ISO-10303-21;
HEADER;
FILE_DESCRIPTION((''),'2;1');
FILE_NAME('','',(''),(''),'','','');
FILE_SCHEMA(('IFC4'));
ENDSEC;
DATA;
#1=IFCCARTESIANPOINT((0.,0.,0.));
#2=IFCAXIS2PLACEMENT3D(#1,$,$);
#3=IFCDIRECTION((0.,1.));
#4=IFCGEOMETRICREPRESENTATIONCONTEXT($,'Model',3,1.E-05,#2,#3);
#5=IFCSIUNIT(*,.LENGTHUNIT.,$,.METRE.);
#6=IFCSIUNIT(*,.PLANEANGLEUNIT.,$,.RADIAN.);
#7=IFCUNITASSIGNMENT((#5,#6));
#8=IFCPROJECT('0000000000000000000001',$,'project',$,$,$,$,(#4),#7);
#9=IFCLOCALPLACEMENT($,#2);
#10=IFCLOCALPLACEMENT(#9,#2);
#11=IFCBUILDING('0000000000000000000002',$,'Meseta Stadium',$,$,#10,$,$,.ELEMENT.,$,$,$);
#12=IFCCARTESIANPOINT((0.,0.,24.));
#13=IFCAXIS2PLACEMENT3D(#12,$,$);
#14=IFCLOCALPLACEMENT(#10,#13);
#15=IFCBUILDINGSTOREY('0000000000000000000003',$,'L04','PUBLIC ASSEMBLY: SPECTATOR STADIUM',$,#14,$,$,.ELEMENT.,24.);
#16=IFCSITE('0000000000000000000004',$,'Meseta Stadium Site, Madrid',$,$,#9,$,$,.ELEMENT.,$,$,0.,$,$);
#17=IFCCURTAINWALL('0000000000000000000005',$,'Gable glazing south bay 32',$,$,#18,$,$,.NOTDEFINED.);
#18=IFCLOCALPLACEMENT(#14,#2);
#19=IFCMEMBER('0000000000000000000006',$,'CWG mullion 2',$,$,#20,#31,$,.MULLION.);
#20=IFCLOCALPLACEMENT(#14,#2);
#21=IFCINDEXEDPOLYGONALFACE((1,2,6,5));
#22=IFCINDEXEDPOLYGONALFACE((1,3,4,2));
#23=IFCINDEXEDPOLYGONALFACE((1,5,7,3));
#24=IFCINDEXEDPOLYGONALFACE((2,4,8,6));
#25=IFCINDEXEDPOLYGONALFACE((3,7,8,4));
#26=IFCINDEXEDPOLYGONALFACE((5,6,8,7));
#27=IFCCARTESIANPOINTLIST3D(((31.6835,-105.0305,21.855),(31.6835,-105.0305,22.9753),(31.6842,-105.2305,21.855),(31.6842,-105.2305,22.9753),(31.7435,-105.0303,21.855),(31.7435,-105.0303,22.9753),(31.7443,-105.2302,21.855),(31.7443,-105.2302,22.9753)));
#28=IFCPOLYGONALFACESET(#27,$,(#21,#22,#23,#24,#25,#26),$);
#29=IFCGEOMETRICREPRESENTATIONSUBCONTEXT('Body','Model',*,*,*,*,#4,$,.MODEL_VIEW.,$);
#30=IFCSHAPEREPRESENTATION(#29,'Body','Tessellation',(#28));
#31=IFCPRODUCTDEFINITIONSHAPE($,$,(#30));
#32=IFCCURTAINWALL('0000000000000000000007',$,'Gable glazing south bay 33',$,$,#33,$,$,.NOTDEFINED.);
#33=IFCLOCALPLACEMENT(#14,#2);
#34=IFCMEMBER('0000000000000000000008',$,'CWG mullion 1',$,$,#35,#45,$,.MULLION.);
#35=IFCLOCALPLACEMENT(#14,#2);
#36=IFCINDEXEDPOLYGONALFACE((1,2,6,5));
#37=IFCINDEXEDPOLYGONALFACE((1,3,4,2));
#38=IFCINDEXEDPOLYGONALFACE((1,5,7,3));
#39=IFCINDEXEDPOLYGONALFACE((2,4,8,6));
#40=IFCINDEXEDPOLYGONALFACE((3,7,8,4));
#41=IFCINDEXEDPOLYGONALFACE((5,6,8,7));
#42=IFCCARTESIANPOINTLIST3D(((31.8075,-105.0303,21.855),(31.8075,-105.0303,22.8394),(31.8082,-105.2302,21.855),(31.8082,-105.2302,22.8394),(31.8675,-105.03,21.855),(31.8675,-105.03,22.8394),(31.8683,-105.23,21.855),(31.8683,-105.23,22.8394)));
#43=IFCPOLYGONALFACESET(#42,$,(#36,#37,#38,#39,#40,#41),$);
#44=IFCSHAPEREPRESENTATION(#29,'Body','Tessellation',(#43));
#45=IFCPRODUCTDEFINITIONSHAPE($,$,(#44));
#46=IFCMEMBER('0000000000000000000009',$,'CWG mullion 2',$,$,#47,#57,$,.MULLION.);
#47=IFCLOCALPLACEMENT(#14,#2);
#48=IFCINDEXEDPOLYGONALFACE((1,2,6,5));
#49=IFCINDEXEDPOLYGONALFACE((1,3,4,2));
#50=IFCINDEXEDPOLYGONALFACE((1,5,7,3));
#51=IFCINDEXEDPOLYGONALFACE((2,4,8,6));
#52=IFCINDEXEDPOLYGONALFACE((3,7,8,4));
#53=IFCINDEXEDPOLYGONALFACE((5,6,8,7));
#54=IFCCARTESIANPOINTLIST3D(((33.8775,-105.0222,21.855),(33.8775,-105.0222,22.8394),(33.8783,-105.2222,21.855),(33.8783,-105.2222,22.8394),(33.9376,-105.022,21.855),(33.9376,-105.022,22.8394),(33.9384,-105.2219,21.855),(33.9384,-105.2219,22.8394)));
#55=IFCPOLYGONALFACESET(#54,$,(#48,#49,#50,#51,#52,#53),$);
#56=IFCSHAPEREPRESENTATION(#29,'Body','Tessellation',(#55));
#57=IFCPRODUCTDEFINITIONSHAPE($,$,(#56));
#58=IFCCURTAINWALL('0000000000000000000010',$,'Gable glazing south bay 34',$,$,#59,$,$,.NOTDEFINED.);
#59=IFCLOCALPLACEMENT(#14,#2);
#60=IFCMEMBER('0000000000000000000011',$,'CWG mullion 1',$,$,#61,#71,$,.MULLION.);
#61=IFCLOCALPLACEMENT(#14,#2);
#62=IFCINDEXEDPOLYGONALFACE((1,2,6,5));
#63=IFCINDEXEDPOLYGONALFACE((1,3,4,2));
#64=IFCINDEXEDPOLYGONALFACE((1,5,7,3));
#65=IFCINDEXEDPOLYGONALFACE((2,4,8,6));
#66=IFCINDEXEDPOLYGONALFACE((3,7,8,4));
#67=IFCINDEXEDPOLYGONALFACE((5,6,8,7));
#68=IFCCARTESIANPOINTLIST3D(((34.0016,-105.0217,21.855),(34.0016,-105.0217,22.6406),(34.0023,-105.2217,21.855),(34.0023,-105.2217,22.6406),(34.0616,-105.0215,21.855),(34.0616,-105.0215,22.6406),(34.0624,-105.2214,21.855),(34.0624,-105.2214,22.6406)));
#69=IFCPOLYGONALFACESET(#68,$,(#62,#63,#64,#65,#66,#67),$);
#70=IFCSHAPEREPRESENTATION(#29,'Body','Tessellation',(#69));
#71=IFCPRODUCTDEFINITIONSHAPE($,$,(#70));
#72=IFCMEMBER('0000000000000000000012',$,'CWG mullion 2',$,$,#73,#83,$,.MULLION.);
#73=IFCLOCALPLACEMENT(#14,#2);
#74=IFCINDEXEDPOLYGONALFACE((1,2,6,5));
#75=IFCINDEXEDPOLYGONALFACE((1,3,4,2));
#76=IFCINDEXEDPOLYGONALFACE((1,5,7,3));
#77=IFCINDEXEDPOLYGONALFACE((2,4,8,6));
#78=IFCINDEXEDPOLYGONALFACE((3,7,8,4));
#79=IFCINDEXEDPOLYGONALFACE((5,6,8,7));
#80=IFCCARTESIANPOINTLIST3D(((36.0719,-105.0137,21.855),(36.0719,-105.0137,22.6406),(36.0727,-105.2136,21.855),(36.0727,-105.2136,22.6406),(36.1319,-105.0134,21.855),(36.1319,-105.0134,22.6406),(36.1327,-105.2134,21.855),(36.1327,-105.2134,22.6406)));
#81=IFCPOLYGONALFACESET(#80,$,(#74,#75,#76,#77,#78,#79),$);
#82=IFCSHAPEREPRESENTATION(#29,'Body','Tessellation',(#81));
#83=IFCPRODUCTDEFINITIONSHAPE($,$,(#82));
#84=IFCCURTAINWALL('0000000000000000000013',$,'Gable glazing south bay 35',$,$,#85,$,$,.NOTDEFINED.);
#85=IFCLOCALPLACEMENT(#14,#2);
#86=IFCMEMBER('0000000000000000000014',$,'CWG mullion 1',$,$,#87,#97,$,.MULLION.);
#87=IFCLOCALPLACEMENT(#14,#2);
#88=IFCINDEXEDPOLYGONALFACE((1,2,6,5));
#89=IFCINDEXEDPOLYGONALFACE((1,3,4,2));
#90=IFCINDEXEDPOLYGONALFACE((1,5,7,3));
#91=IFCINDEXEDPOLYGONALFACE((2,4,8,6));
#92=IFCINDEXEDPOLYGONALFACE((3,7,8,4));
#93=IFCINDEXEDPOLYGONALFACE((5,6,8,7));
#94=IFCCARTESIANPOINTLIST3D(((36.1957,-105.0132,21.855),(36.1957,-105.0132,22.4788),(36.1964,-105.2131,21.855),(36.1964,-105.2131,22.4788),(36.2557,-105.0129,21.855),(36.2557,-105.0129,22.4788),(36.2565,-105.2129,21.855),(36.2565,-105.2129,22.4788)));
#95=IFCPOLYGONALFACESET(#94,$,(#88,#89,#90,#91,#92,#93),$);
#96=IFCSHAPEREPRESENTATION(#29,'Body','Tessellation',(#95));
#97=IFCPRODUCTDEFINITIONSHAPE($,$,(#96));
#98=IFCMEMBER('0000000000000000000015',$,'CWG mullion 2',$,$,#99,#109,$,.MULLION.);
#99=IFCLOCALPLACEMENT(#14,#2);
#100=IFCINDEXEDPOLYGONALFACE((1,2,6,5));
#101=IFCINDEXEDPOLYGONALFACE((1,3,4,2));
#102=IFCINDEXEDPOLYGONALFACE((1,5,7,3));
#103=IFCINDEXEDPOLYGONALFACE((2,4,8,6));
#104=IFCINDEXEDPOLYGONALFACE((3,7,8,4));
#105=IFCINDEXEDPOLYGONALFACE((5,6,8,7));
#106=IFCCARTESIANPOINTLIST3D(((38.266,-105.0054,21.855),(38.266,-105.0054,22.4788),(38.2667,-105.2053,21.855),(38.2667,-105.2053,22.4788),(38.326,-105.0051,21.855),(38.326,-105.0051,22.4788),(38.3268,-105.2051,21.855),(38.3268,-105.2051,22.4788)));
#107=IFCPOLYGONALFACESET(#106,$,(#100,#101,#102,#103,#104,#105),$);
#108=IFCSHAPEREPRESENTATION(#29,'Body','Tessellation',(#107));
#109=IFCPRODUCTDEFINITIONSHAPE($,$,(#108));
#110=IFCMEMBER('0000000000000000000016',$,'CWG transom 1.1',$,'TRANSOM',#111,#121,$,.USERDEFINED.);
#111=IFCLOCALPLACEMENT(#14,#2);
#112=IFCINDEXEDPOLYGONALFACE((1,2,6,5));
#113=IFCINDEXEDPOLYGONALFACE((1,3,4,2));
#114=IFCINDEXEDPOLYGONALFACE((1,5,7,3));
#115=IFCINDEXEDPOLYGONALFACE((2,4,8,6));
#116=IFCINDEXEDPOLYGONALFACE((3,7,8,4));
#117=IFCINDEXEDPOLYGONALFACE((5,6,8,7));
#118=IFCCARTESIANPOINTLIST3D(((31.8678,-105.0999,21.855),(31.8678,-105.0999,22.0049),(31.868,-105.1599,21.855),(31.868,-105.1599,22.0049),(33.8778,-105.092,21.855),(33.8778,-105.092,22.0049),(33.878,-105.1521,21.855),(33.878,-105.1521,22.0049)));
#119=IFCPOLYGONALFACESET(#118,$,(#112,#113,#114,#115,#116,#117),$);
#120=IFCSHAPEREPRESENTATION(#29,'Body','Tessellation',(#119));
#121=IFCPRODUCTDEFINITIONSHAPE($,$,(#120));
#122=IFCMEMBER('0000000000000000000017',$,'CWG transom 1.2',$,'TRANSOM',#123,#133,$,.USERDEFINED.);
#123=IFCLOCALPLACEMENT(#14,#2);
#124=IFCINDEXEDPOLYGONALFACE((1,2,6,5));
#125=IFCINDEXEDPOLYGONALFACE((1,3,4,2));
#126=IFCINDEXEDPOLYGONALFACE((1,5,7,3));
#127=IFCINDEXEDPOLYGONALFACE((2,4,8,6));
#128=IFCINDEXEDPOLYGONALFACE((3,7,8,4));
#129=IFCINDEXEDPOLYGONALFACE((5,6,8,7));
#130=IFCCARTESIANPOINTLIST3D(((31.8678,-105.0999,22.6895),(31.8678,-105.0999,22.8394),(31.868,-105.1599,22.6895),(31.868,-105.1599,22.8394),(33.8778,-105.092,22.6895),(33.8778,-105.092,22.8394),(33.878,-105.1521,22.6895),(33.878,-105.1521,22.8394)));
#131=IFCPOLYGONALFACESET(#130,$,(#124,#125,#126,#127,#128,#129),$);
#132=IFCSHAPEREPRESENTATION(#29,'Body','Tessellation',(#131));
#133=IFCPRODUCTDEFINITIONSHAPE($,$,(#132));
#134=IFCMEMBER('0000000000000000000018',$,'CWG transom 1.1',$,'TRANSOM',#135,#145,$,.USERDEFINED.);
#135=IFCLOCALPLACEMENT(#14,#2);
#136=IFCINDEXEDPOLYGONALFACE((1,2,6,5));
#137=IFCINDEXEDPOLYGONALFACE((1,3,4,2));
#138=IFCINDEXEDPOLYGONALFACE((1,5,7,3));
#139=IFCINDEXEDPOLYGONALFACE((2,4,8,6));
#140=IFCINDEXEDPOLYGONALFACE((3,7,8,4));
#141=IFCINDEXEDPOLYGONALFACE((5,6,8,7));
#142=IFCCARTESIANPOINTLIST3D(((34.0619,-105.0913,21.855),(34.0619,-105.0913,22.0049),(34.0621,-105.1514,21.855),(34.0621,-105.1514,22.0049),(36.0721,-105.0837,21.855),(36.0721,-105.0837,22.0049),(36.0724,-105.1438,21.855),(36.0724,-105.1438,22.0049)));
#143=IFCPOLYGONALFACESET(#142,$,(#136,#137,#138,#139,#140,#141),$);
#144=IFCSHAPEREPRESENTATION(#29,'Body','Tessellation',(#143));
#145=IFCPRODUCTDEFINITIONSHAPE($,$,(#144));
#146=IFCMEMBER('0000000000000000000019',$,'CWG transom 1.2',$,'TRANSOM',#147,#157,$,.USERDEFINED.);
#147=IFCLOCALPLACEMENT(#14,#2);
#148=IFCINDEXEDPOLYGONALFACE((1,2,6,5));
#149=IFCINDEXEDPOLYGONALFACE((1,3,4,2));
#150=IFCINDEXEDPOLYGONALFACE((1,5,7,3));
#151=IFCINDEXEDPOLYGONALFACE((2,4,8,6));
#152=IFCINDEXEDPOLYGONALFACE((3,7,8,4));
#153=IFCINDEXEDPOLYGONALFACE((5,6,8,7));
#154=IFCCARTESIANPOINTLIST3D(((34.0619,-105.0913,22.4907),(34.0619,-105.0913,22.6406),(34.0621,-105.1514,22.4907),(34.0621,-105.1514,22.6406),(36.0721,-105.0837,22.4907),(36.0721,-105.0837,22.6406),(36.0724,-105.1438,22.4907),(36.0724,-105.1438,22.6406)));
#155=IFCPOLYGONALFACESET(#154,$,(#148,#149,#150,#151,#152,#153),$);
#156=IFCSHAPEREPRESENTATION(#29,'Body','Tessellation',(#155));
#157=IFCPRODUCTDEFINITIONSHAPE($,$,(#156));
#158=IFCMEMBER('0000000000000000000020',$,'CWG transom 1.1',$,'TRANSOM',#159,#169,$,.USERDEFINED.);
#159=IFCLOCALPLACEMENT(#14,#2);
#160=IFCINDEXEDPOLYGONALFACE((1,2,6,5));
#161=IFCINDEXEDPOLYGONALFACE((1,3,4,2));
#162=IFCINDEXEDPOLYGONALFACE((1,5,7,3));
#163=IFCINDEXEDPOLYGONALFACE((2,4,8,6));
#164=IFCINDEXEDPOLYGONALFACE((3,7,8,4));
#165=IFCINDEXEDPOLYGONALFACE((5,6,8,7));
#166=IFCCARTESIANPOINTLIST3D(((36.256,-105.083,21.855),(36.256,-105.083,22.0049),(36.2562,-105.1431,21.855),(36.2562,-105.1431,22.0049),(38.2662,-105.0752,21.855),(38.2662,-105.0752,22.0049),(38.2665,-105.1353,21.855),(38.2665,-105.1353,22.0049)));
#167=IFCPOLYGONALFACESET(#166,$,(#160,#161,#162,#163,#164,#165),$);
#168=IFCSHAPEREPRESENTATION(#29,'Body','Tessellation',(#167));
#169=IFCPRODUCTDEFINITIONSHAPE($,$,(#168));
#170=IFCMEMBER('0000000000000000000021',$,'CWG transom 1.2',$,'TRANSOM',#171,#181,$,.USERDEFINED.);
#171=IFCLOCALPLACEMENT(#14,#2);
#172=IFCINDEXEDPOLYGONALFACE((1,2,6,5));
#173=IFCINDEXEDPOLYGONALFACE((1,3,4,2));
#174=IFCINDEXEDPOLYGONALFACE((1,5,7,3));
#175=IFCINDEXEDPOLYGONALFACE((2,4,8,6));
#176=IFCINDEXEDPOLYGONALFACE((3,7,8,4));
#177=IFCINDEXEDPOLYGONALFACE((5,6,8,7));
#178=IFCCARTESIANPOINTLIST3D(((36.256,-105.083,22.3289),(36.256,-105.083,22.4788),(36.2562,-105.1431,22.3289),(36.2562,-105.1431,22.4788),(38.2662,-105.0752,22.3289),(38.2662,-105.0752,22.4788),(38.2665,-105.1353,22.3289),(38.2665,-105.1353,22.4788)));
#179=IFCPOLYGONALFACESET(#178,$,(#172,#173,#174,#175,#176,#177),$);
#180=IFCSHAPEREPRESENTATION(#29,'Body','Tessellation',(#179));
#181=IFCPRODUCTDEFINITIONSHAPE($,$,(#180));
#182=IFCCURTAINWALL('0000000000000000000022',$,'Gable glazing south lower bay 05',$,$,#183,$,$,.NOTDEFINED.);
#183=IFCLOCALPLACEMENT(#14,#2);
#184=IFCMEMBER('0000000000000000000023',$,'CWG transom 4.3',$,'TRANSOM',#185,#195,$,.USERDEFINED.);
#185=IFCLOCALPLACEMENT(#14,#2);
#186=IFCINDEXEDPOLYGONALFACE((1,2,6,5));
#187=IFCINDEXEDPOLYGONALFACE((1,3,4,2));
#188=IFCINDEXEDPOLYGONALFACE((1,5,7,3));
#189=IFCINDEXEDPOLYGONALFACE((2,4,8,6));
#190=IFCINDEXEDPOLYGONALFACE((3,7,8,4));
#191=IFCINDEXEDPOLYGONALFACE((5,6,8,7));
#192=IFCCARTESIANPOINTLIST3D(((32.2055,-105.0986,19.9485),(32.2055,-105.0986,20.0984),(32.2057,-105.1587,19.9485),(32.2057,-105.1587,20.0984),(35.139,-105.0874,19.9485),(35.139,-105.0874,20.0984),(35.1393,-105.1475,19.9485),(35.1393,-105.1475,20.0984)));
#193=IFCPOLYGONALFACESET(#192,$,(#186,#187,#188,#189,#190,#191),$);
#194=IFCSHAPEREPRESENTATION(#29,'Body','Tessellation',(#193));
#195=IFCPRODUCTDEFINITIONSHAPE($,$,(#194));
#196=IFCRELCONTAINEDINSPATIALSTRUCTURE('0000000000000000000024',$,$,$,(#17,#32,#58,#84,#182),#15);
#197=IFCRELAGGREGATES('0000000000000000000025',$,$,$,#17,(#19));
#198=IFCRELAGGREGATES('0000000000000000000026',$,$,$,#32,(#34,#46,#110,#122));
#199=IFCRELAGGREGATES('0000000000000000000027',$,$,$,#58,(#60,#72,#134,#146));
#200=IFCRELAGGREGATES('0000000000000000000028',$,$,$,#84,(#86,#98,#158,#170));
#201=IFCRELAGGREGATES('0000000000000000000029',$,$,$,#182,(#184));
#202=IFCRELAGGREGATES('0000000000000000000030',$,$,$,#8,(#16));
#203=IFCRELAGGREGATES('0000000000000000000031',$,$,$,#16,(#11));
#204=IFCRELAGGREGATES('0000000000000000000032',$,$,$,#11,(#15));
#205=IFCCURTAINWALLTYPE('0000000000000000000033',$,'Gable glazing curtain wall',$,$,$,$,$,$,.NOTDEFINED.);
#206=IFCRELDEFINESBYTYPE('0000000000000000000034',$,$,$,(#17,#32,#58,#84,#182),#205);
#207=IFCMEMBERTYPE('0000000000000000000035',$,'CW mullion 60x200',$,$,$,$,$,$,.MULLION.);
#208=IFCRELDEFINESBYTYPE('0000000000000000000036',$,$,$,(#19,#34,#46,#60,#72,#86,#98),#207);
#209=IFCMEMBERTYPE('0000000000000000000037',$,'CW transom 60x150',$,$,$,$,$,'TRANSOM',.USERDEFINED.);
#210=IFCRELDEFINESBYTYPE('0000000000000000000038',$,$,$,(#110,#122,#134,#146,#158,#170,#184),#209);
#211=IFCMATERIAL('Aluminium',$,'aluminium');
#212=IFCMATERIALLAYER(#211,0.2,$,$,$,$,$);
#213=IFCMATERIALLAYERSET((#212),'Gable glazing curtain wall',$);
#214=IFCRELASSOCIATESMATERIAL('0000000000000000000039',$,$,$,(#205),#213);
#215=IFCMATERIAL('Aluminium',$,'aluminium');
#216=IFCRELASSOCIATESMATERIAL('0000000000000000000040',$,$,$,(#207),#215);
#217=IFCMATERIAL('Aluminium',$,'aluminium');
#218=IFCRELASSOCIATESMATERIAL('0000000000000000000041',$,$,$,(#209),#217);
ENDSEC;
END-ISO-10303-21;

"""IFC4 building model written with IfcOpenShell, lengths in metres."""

from ifc_helpers import new_model, si_unit, direction, frame, origin, origin_2d, place, context, subcontext, project, spatial, rectangle, extrude, material, layer, layer_set, material_profile, profile_set, type_object, element, aggregate, save


model = new_model("IFC4")

# Units and contexts
model_context = context("Model", 3, precision=1e-05, world=origin(), true_north=direction((0.0, 1.0)))
body_context = subcontext(model_context, "Body", "Model", "MODEL_VIEW")
ifc_project = project(units=[si_unit("LENGTHUNIT", "METRE"), si_unit("PLANEANGLEUNIT", "RADIAN")], contexts=[model_context])

# Site, building, storey
site_placement = place(None, origin())
site = spatial("IfcSite", under=ifc_project, at=site_placement, Name="Meseta Stadium Site, Madrid", CompositionType="ELEMENT", RefElevation=0.0)
building_placement = place(site_placement, origin())
building = spatial("IfcBuilding", under=site, at=building_placement, Name="Meseta Stadium", CompositionType="ELEMENT")
storey_placement = place(building_placement, frame((0.0, 0.0, 24.0)))
storey = spatial("IfcBuildingStorey", under=building, at=storey_placement, Name="L04", Description="PUBLIC ASSEMBLY: SPECTATOR STADIUM", CompositionType="ELEMENT", Elevation=24.0)

# Curtain wall, member
ifc_material_1 = material(Name="Aluminium", Category="aluminium")
ifc_layer_1 = layer(ifc_material_1, 0.2)
ifc_layer_set_1 = layer_set([ifc_layer_1], Name="Gable glazing curtain wall")
curtain_wall_type = type_object("IfcCurtainWallType", Name="Gable glazing curtain wall", PredefinedType="NOTDEFINED", material=ifc_layer_set_1)
curtain_wall_1_placement = place(storey_placement, origin())
curtain_wall_1 = element("IfcCurtainWall", 1, at=curtain_wall_1_placement, inside=storey, type_object=curtain_wall_type, Name="Gable glazing south bay 32", PredefinedType="NOTDEFINED")
ifc_material_2 = material(Name="Aluminium", Category="aluminium")
ifc_material_profile_1 = material_profile(ifc_material_2, rectangle(XDim=0.2, YDim=0.0601, at=origin_2d()), Name="CW 200x60")
ifc_profile_set_1 = profile_set([ifc_material_profile_1], Name="Aluminium")
member_type_1 = type_object("IfcMemberType", Name="CW mullion 60x200", PredefinedType="MULLION", material=ifc_profile_set_1)
member_1_placement = place(storey_placement, frame((31.7139, -105.1304, 21.855), z_axis=(0.0, 0.0, 1.0), x_axis=(-0.003848, 0.999993, 0.0)))
member_1 = element("IfcMember", 2, at=member_1_placement, type_object=member_type_1, Name="CWG mullion 2", PredefinedType="MULLION", context=body_context, shape_type="SweptSolid", body=[
    extrude(rectangle(XDim=0.2, YDim=0.0601, at=origin_2d()), origin(), (0.0, 0.0, 1.0), 1.1204),
])

# Curtain walls, members
curtain_wall_2_placement = place(storey_placement, origin())
curtain_wall_2 = element("IfcCurtainWall", 3, at=curtain_wall_2_placement, inside=storey, type_object=curtain_wall_type, Name="Gable glazing south bay 33", PredefinedType="NOTDEFINED")
member_2_placement = place(storey_placement, frame((31.8379, -105.1301, 21.855), z_axis=(0.0, 0.0, 1.0), x_axis=(-0.003848, 0.999993, 0.0)))
member_2 = element("IfcMember", 4, at=member_2_placement, type_object=member_type_1, Name="CWG mullion 1", PredefinedType="MULLION", context=body_context, shape_type="SweptSolid", body=[
    extrude(rectangle(XDim=0.2, YDim=0.0601, at=origin_2d()), origin(), (0.0, 0.0, 1.0), 0.9844),
])
member_3_placement = place(storey_placement, frame((33.908, -105.1221, 21.855), z_axis=(0.0, 0.0, 1.0), x_axis=(-0.003848, 0.999993, 0.0)))
member_3 = element("IfcMember", 5, at=member_3_placement, type_object=member_type_1, Name="CWG mullion 2", PredefinedType="MULLION", context=body_context, shape_type="SweptSolid", body=[
    extrude(rectangle(XDim=0.2, YDim=0.0601, at=origin_2d()), origin(), (0.0, 0.0, 1.0), 0.9844),
])
curtain_wall_3_placement = place(storey_placement, origin())
curtain_wall_3 = element("IfcCurtainWall", 6, at=curtain_wall_3_placement, inside=storey, type_object=curtain_wall_type, Name="Gable glazing south bay 34", PredefinedType="NOTDEFINED")
member_4_placement = place(storey_placement, frame((34.032, -105.1216, 21.855), z_axis=(0.0, 0.0, 1.0), x_axis=(-0.003848, 0.999993, 0.0)))
member_4 = element("IfcMember", 7, at=member_4_placement, type_object=member_type_1, Name="CWG mullion 1", PredefinedType="MULLION", context=body_context, shape_type="SweptSolid", body=[
    extrude(rectangle(XDim=0.2, YDim=0.0601, at=origin_2d()), origin(), (0.0, 0.0, 1.0), 0.7856),
])
member_5_placement = place(storey_placement, frame((36.1023, -105.1135, 21.855), z_axis=(0.0, 0.0, 1.0), x_axis=(-0.003848, 0.999993, 0.0)))
member_5 = element("IfcMember", 8, at=member_5_placement, type_object=member_type_1, Name="CWG mullion 2", PredefinedType="MULLION", context=body_context, shape_type="SweptSolid", body=[
    extrude(rectangle(XDim=0.2, YDim=0.0601, at=origin_2d()), origin(), (0.0, 0.0, 1.0), 0.7856),
])
curtain_wall_4_placement = place(storey_placement, origin())
curtain_wall_4 = element("IfcCurtainWall", 9, at=curtain_wall_4_placement, inside=storey, type_object=curtain_wall_type, Name="Gable glazing south bay 35", PredefinedType="NOTDEFINED")
member_6_placement = place(storey_placement, frame((36.2261, -105.113, 21.855), z_axis=(0.0, 0.0, 1.0), x_axis=(-0.003848, 0.999993, 0.0)))
member_6 = element("IfcMember", 10, at=member_6_placement, type_object=member_type_1, Name="CWG mullion 1", PredefinedType="MULLION", context=body_context, shape_type="SweptSolid", body=[
    extrude(rectangle(XDim=0.2, YDim=0.0601, at=origin_2d()), origin(), (0.0, 0.0, 1.0), 0.6238),
])
member_7_placement = place(storey_placement, frame((38.2964, -105.1052, 21.855), z_axis=(0.0, 0.0, 1.0), x_axis=(-0.003848, 0.999993, 0.0)))
member_7 = element("IfcMember", 11, at=member_7_placement, type_object=member_type_1, Name="CWG mullion 2", PredefinedType="MULLION", context=body_context, shape_type="SweptSolid", body=[
    extrude(rectangle(XDim=0.2, YDim=0.0601, at=origin_2d()), origin(), (0.0, 0.0, 1.0), 0.6238),
])

# Members
ifc_material_3 = material(Name="Aluminium", Category="aluminium")
ifc_material_profile_2 = material_profile(ifc_material_3, rectangle(XDim=0.0601, YDim=0.1499, at=origin_2d()), Name="CW 60x150")
ifc_profile_set_2 = profile_set([ifc_material_profile_2], Name="Aluminium")
member_type_2 = type_object("IfcMemberType", Name="CW transom 60x150", ElementType="TRANSOM", PredefinedType="USERDEFINED", material=ifc_profile_set_2)
member_8_placement = place(storey_placement, frame((31.8679, -105.1299, 21.9299), z_axis=(0.999992, 0.003887, 0.0), x_axis=(-0.003887, 0.999992, 0.0)))
member_8 = element("IfcMember", 12, at=member_8_placement, type_object=member_type_2, Name="CWG transom 1.1", ObjectType="TRANSOM", PredefinedType="USERDEFINED", context=body_context, shape_type="SweptSolid", body=[
    extrude(rectangle(XDim=0.0601, YDim=0.1499, at=origin_2d()), origin(), (0.0, 0.0, 1.0), 2.01),
])
member_9_placement = place(storey_placement, frame((31.8679, -105.1299, 22.7644), z_axis=(0.999992, 0.003887, 0.0), x_axis=(-0.003887, 0.999992, 0.0)))
member_9 = element("IfcMember", 13, at=member_9_placement, type_object=member_type_2, Name="CWG transom 1.2", ObjectType="TRANSOM", PredefinedType="USERDEFINED", context=body_context, shape_type="SweptSolid", body=[
    extrude(rectangle(XDim=0.0601, YDim=0.1499, at=origin_2d()), origin(), (0.0, 0.0, 1.0), 2.01),
])
member_10_placement = place(storey_placement, frame((34.062, -105.1213, 21.9299), z_axis=(0.999993, 0.003765, 0.0), x_axis=(-0.003765, 0.999993, 0.0)))
member_10 = element("IfcMember", 14, at=member_10_placement, type_object=member_type_2, Name="CWG transom 1.1", ObjectType="TRANSOM", PredefinedType="USERDEFINED", context=body_context, shape_type="SweptSolid", body=[
    extrude(rectangle(XDim=0.0601, YDim=0.1499, at=origin_2d()), origin(), (0.0, 0.0, 1.0), 2.0103),
])
member_11_placement = place(storey_placement, frame((34.062, -105.1213, 22.5657), z_axis=(0.999993, 0.003765, 0.0), x_axis=(-0.003765, 0.999993, 0.0)))
member_11 = element("IfcMember", 15, at=member_11_placement, type_object=member_type_2, Name="CWG transom 1.2", ObjectType="TRANSOM", PredefinedType="USERDEFINED", context=body_context, shape_type="SweptSolid", body=[
    extrude(rectangle(XDim=0.0601, YDim=0.1499, at=origin_2d()), origin(), (0.0, 0.0, 1.0), 2.0103),
])
member_12_placement = place(storey_placement, frame((36.2561, -105.113, 21.9299), z_axis=(0.999992, 0.003886, 0.0), x_axis=(-0.003886, 0.999992, 0.0)))
member_12 = element("IfcMember", 16, at=member_12_placement, type_object=member_type_2, Name="CWG transom 1.1", ObjectType="TRANSOM", PredefinedType="USERDEFINED", context=body_context, shape_type="SweptSolid", body=[
    extrude(rectangle(XDim=0.0601, YDim=0.1499, at=origin_2d()), origin(), (0.0, 0.0, 1.0), 2.0103),
])
member_13_placement = place(storey_placement, frame((36.2561, -105.113, 22.4038), z_axis=(0.999992, 0.003886, 0.0), x_axis=(-0.003886, 0.999992, 0.0)))
member_13 = element("IfcMember", 17, at=member_13_placement, type_object=member_type_2, Name="CWG transom 1.2", ObjectType="TRANSOM", PredefinedType="USERDEFINED", context=body_context, shape_type="SweptSolid", body=[
    extrude(rectangle(XDim=0.0601, YDim=0.1499, at=origin_2d()), origin(), (0.0, 0.0, 1.0), 2.0103),
])

# Curtain wall, member
curtain_wall_5_placement = place(storey_placement, origin())
curtain_wall_5 = element("IfcCurtainWall", 18, at=curtain_wall_5_placement, inside=storey, type_object=curtain_wall_type, Name="Gable glazing south lower bay 05", PredefinedType="NOTDEFINED")
member_14_placement = place(storey_placement, frame((32.2056, -105.1287, 20.0234), z_axis=(0.999993, 0.003828, 0.0), x_axis=(-0.003828, 0.999993, 0.0)))
member_14 = element("IfcMember", 19, at=member_14_placement, type_object=member_type_2, Name="CWG transom 4.3", ObjectType="TRANSOM", PredefinedType="USERDEFINED", context=body_context, shape_type="SweptSolid", body=[
    extrude(rectangle(XDim=0.0601, YDim=0.1499, at=origin_2d()), origin(), (0.0, 0.0, 1.0), 2.9336),
])

aggregate(curtain_wall_1, [member_1])
aggregate(curtain_wall_2, [member_2, member_3, member_8, member_9])
aggregate(curtain_wall_3, [member_4, member_5, member_10, member_11])
aggregate(curtain_wall_4, [member_6, member_7, member_12, member_13])
aggregate(curtain_wall_5, [member_14])

save(model, "model.ifc")
